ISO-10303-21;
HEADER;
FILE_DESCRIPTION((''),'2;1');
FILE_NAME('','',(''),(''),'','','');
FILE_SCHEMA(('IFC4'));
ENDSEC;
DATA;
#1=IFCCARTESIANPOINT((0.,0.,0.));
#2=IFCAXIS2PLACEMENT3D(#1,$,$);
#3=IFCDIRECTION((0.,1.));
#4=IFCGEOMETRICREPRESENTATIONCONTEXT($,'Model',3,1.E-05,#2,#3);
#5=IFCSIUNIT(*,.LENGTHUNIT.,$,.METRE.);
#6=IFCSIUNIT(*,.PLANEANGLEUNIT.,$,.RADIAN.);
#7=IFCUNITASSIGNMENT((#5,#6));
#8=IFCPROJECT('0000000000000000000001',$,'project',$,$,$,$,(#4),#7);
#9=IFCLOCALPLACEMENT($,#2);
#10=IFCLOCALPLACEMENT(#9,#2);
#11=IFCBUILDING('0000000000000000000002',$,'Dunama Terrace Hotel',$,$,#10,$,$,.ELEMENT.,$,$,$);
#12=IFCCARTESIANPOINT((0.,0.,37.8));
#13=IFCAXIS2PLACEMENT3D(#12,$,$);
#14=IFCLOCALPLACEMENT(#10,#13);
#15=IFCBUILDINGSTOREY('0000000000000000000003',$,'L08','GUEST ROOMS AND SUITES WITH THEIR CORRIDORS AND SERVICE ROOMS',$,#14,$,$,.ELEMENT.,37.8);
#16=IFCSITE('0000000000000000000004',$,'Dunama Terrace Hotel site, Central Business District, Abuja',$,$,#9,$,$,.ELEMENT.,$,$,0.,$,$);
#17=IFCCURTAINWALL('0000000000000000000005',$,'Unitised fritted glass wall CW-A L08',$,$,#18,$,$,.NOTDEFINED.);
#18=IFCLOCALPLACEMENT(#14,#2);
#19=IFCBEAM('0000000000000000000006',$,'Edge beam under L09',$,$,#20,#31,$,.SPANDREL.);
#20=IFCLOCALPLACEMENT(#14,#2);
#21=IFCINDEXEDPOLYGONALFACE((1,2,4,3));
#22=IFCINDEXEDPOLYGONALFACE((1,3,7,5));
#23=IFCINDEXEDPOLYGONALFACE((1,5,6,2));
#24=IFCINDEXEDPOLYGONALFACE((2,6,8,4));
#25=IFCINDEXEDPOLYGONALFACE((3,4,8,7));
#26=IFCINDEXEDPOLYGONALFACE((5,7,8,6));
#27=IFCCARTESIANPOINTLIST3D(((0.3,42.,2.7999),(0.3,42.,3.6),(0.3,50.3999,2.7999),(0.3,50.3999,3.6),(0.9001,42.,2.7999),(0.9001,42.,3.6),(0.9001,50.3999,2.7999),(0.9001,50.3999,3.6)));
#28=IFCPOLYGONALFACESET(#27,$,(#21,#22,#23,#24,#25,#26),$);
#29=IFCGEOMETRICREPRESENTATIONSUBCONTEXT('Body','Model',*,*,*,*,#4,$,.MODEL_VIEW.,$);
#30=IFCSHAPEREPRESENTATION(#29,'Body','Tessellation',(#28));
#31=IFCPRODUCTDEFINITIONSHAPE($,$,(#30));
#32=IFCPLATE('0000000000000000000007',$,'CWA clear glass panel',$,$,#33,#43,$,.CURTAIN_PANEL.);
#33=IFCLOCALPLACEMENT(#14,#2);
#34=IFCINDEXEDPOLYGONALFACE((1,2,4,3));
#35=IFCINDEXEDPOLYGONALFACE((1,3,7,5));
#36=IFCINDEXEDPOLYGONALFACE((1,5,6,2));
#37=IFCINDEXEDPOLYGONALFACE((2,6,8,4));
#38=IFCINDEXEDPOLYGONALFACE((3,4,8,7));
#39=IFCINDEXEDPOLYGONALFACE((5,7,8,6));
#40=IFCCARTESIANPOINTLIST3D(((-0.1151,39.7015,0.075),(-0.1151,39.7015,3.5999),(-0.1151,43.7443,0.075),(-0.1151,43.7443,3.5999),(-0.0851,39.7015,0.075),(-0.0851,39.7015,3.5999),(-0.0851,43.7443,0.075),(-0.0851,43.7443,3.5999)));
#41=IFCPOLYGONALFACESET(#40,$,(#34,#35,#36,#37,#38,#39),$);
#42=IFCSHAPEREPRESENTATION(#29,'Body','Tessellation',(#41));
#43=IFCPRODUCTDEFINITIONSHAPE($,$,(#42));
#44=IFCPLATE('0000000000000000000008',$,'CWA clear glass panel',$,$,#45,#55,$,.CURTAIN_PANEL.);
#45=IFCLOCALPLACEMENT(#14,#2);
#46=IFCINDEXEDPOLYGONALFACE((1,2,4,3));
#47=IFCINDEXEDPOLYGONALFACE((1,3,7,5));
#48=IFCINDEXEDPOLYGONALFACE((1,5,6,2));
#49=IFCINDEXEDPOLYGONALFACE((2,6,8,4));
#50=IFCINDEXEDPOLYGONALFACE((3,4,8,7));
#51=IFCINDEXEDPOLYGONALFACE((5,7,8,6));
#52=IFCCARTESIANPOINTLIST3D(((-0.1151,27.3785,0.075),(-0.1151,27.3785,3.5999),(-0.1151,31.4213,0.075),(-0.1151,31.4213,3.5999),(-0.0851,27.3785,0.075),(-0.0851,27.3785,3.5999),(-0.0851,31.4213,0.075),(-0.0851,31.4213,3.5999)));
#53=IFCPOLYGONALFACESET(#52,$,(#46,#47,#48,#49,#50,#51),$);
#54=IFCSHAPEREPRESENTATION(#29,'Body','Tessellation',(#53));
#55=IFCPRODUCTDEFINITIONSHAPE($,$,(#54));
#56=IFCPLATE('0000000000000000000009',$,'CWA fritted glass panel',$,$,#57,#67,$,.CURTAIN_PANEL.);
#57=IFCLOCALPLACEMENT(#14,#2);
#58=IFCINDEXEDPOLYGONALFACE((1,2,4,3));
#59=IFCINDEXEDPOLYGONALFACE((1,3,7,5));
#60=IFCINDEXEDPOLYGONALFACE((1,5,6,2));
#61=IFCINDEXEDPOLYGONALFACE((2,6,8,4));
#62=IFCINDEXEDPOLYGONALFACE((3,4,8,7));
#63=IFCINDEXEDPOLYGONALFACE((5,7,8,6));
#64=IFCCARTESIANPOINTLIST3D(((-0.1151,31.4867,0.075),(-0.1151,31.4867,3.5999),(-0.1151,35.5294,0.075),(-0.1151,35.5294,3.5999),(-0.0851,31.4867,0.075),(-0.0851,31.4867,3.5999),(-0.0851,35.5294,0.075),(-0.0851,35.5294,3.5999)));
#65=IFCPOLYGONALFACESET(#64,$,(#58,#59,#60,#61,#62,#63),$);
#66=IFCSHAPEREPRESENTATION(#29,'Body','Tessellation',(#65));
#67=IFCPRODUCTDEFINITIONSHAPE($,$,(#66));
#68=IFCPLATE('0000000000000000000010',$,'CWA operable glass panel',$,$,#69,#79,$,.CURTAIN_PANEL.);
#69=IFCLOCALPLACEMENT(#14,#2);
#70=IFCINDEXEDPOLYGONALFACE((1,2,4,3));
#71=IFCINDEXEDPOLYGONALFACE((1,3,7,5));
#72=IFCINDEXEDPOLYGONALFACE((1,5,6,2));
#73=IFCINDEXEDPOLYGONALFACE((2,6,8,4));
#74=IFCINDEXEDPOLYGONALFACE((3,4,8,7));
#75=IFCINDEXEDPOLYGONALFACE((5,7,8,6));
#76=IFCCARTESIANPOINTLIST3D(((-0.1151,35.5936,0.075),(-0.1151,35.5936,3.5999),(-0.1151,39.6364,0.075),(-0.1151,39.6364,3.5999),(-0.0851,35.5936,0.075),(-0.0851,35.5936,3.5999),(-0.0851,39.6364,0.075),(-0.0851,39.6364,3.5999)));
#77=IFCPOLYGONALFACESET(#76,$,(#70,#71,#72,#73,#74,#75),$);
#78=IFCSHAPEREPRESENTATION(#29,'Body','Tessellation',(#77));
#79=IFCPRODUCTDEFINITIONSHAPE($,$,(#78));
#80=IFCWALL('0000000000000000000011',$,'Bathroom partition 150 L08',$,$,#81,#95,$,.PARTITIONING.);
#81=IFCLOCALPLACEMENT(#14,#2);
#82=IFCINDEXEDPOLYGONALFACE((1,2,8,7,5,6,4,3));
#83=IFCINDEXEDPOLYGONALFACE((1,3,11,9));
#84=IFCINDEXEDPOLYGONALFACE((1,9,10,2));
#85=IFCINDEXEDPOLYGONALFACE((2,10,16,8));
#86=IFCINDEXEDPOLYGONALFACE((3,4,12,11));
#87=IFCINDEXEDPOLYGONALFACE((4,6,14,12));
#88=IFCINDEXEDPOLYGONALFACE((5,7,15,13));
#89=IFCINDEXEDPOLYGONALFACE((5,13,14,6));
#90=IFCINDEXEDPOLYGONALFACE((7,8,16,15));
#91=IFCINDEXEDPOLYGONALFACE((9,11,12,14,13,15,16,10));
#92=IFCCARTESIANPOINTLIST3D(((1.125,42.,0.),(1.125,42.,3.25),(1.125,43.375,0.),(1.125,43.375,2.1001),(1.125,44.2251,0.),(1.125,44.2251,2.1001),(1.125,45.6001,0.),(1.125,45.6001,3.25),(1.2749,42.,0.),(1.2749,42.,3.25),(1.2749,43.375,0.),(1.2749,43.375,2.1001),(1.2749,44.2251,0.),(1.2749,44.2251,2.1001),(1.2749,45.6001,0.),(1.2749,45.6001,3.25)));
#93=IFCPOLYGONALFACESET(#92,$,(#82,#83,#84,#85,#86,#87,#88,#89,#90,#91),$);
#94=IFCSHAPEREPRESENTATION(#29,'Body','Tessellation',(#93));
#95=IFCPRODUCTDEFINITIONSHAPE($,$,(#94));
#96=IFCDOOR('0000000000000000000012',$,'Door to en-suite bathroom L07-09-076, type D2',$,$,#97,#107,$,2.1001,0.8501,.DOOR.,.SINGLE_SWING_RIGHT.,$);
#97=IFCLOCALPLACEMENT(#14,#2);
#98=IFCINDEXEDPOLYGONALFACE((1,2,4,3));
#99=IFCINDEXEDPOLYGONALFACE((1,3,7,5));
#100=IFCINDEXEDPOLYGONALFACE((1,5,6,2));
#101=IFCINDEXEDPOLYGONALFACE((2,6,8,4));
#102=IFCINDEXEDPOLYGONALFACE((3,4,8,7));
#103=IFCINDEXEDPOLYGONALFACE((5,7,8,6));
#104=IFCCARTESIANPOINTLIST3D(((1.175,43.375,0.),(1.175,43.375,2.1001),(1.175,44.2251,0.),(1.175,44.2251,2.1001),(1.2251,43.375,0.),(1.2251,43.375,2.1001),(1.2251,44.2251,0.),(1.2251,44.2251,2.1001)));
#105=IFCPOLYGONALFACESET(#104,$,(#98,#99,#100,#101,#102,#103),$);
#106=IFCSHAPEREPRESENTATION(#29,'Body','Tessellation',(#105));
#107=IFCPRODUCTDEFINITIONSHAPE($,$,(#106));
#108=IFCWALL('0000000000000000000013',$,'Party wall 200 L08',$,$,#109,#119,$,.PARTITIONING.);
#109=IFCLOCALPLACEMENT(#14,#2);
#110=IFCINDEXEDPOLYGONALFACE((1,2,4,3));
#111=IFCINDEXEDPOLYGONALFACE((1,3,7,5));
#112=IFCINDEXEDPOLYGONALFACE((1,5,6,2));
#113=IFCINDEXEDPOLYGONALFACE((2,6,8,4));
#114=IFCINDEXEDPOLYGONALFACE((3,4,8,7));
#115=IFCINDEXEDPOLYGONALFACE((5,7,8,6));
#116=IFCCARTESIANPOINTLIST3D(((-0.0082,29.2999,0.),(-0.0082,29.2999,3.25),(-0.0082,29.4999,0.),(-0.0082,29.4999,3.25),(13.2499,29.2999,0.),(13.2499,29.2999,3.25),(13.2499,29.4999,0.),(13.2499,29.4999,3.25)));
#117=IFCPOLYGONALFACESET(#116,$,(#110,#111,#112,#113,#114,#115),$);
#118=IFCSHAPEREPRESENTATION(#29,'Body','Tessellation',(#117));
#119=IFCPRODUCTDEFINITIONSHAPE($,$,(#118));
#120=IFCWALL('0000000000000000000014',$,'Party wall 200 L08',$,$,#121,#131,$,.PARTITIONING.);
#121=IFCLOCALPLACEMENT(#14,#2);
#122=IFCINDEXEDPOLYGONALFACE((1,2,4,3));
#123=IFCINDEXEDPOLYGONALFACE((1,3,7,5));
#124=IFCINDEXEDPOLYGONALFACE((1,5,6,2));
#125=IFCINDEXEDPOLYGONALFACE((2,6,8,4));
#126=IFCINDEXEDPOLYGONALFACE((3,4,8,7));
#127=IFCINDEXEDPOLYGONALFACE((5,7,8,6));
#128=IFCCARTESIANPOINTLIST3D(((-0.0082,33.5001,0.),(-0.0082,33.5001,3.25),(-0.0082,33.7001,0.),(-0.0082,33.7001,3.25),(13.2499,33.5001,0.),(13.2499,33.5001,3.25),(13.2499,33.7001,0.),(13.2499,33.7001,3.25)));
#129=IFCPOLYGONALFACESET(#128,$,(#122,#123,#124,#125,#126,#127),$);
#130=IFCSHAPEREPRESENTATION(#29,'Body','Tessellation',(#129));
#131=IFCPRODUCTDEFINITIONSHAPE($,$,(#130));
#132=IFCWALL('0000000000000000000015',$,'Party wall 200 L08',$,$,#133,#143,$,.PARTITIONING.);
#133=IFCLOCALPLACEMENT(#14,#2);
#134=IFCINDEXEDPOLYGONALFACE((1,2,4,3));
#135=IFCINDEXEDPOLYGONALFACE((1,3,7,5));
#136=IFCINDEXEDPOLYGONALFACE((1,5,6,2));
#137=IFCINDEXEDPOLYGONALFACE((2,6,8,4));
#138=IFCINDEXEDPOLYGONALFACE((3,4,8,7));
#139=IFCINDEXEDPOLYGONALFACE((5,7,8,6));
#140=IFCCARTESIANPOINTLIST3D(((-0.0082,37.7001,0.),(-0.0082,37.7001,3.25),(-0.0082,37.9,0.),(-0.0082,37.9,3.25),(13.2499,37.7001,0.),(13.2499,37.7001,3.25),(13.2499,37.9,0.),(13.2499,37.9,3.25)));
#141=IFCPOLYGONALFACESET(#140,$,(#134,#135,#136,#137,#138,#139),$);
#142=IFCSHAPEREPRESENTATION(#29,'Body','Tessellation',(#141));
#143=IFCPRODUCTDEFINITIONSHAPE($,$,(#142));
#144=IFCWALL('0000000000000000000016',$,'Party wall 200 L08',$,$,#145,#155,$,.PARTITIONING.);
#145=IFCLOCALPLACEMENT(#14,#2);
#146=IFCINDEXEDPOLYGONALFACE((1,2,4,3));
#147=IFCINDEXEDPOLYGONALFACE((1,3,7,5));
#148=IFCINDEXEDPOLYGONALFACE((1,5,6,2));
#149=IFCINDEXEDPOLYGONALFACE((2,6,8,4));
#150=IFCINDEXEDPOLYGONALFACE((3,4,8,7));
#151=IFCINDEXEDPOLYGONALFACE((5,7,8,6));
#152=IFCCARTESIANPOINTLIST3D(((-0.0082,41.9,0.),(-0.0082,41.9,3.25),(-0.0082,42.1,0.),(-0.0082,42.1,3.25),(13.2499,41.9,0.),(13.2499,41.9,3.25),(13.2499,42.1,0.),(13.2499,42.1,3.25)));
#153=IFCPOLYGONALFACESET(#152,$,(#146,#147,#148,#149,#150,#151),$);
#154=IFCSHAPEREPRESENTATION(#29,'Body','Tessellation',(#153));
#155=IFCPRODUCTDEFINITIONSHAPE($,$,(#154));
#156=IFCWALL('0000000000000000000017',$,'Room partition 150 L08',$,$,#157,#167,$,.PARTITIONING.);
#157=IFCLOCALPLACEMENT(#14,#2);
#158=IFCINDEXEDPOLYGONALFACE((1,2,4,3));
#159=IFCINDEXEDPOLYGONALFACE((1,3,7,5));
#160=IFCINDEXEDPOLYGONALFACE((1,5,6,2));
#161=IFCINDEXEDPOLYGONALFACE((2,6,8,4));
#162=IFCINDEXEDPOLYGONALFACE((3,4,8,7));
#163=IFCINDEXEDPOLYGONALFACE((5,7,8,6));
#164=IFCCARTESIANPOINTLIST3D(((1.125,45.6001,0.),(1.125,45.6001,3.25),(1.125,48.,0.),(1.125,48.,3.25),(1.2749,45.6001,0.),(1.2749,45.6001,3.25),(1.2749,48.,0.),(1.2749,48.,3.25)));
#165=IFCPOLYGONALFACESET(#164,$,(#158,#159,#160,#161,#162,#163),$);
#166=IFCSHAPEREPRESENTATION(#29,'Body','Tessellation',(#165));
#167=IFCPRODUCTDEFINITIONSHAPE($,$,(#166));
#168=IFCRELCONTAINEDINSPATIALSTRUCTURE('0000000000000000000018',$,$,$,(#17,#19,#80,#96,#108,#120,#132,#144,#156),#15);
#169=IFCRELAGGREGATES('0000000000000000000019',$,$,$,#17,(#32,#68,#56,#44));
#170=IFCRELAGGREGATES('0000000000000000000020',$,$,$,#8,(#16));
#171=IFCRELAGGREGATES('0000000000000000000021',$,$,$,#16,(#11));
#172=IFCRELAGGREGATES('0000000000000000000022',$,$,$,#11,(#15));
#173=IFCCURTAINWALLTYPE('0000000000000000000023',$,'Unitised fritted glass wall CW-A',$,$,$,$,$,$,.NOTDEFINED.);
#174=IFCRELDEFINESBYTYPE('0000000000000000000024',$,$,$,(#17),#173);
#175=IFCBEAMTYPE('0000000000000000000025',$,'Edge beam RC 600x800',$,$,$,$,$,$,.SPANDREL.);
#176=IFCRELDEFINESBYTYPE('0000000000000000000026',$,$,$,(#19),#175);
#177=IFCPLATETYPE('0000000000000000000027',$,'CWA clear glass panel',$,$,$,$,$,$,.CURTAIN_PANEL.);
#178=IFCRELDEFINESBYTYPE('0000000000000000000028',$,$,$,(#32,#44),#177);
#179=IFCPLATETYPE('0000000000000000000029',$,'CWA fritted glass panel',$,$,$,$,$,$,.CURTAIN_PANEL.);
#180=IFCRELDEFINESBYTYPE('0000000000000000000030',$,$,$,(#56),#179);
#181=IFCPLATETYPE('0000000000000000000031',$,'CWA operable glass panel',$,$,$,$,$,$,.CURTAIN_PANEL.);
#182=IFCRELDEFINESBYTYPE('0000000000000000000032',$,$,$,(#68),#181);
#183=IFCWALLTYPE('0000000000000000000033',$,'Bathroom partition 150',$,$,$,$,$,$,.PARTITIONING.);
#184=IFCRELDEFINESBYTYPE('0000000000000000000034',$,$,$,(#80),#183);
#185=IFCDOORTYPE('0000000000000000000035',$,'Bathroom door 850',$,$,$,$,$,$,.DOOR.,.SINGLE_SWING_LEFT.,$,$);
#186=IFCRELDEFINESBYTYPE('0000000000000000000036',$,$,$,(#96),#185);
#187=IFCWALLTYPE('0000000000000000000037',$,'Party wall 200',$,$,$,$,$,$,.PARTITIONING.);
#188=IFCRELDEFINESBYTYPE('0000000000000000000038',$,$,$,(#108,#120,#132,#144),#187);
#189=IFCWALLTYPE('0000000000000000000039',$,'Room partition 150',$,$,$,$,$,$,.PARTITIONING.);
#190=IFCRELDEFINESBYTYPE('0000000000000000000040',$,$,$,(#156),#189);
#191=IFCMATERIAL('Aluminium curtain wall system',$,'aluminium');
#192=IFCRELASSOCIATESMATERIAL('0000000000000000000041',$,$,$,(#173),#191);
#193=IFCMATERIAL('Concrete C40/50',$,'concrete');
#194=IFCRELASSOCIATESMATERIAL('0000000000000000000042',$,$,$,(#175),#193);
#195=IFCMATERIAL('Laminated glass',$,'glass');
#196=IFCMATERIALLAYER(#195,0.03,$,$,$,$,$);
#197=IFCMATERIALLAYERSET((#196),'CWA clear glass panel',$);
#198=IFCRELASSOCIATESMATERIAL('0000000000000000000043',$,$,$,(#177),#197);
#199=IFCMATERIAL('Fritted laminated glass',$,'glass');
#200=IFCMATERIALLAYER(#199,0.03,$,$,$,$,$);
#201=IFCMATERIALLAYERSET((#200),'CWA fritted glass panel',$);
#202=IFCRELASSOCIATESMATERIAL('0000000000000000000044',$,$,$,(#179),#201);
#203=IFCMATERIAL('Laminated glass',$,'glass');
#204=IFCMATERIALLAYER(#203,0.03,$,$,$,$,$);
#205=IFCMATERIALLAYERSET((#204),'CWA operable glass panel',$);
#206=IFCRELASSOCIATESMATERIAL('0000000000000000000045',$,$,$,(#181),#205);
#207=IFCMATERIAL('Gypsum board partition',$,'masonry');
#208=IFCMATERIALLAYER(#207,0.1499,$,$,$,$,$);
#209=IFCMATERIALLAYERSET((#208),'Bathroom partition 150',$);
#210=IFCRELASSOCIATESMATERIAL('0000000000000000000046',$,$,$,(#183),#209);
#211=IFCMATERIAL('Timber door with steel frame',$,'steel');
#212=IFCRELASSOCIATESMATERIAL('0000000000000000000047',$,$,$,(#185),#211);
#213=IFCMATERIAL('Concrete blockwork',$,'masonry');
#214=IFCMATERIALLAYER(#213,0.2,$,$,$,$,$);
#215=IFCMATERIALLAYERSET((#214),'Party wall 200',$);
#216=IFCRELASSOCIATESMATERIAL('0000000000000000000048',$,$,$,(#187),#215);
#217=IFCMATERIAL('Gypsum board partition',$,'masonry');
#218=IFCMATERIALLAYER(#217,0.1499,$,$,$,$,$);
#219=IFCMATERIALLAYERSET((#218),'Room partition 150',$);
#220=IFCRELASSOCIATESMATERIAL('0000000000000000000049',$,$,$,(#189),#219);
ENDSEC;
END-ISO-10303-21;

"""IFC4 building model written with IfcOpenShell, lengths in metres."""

from ifc_helpers import new_model, si_unit, direction, frame, frame_2d, origin, origin_2d, place, context, subcontext, project, spatial, rectangle, extrude, material, layer, layer_set, material_profile, profile_set, type_object, element, fill, aggregate, save


model = new_model("IFC4")

# Units and contexts
model_context = context("Model", 3, precision=1e-05, world=origin(), true_north=direction((0.0, 1.0)))
body_context = subcontext(model_context, "Body", "Model", "MODEL_VIEW")
ifc_project = project(units=[si_unit("LENGTHUNIT", "METRE"), si_unit("PLANEANGLEUNIT", "RADIAN")], contexts=[model_context])

# Site, building, storey
site_placement = place(None, origin())
site = spatial("IfcSite", under=ifc_project, at=site_placement, Name="Dunama Terrace Hotel site, Central Business District, Abuja", CompositionType="ELEMENT", RefElevation=0.0)
building_placement = place(site_placement, origin())
building = spatial("IfcBuilding", under=site, at=building_placement, Name="Dunama Terrace Hotel", CompositionType="ELEMENT")
storey_placement = place(building_placement, frame((0.0, 0.0, 37.8)))
storey = spatial("IfcBuildingStorey", under=building, at=storey_placement, Name="L08", Description="GUEST ROOMS AND SUITES WITH THEIR CORRIDORS AND SERVICE ROOMS", CompositionType="ELEMENT", Elevation=37.8)

# Curtain wall
ifc_material_1 = material(Name="Aluminium curtain wall system", Category="aluminium")
curtain_wall_type = type_object("IfcCurtainWallType", Name="Unitised fritted glass wall CW-A", PredefinedType="NOTDEFINED", material=ifc_material_1)
curtain_wall_placement = place(storey_placement, origin())
curtain_wall = element("IfcCurtainWall", 1, at=curtain_wall_placement, inside=storey, type_object=curtain_wall_type, Name="Unitised fritted glass wall CW-A L08", PredefinedType="NOTDEFINED")

# Beam
ifc_material_2 = material(Name="Concrete C40/50", Category="concrete")
ifc_material_profile_1 = material_profile(ifc_material_2, rectangle(XDim=0.6001, YDim=0.8, at=origin_2d()), Name="RC 600x800")
ifc_profile_set_1 = profile_set([ifc_material_profile_1], Name="Concrete C40/50")
beam_type = type_object("IfcBeamType", Name="Edge beam RC 600x800", PredefinedType="SPANDREL", material=ifc_profile_set_1)
for number, where, z_axis, x_axis, name in (
    (2, (0.6001, 42.0, 3.2), (0.0, 1.0, 0.0), (-1.0, 0.0, 0.0), "Edge beam under L09"),
):
    element("IfcBeam", number, at=place(storey_placement, frame(where, z_axis=z_axis, x_axis=x_axis)), inside=storey, type_object=beam_type, Name=name, PredefinedType="SPANDREL", context=body_context, shape_type="SweptSolid", body=[
        extrude(rectangle(XDim=0.6001, YDim=0.8, at=origin_2d()), origin(), (0.0, 0.0, 1.0), 8.3999),
    ])

# Plates
ifc_material_3 = material(Name="Laminated glass", Category="glass")
ifc_layer_1 = layer(ifc_material_3, 0.03)
ifc_layer_set_1 = layer_set([ifc_layer_1], Name="CWA clear glass panel")
plate_type_1 = type_object("IfcPlateType", Name="CWA clear glass panel", PredefinedType="CURTAIN_PANEL", material=ifc_layer_set_1)
plate_1_placement = place(storey_placement, frame((-0.1001, 41.7229, 0.075), z_axis=(0.0, 0.0, 1.0), x_axis=(0.0, -1.0, 0.0)))
plate_1 = element("IfcPlate", 3, at=plate_1_placement, type_object=plate_type_1, Name="CWA clear glass panel", PredefinedType="CURTAIN_PANEL", context=body_context, shape_type="SweptSolid", body=[
    extrude(rectangle(XDim=4.0427, YDim=0.03, at=origin_2d()), origin(), (0.0, 0.0, 1.0), 3.5249),
])
plate_2_placement = place(storey_placement, frame((-0.1001, 29.3999, 0.075), z_axis=(0.0, 0.0, 1.0), x_axis=(0.0, -1.0, 0.0)))
plate_2 = element("IfcPlate", 4, at=plate_2_placement, type_object=plate_type_1, Name="CWA clear glass panel", PredefinedType="CURTAIN_PANEL", context=body_context, shape_type="SweptSolid", body=[
    extrude(rectangle(XDim=4.0427, YDim=0.03, at=origin_2d()), origin(), (0.0, 0.0, 1.0), 3.5249),
])
ifc_material_4 = material(Name="Fritted laminated glass", Category="glass")
ifc_layer_2 = layer(ifc_material_4, 0.03)
ifc_layer_set_2 = layer_set([ifc_layer_2], Name="CWA fritted glass panel")
plate_type_2 = type_object("IfcPlateType", Name="CWA fritted glass panel", PredefinedType="CURTAIN_PANEL", material=ifc_layer_set_2)
plate_3_placement = place(storey_placement, frame((-0.1001, 33.5081, 0.075), z_axis=(0.0, 0.0, 1.0), x_axis=(0.0, -1.0, 0.0)))
plate_3 = element("IfcPlate", 5, at=plate_3_placement, type_object=plate_type_2, Name="CWA fritted glass panel", PredefinedType="CURTAIN_PANEL", context=body_context, shape_type="SweptSolid", body=[
    extrude(rectangle(XDim=4.0427, YDim=0.03, at=origin_2d()), origin(), (0.0, 0.0, 1.0), 3.5249),
])
ifc_material_5 = material(Name="Laminated glass", Category="glass")
ifc_layer_3 = layer(ifc_material_5, 0.03)
ifc_layer_set_3 = layer_set([ifc_layer_3], Name="CWA operable glass panel")
plate_type_3 = type_object("IfcPlateType", Name="CWA operable glass panel", PredefinedType="CURTAIN_PANEL", material=ifc_layer_set_3)
plate_4_placement = place(storey_placement, frame((-0.1001, 37.615, 0.075), z_axis=(0.0, 0.0, 1.0), x_axis=(0.0, -1.0, 0.0)))
plate_4 = element("IfcPlate", 6, at=plate_4_placement, type_object=plate_type_3, Name="CWA operable glass panel", PredefinedType="CURTAIN_PANEL", context=body_context, shape_type="SweptSolid", body=[
    extrude(rectangle(XDim=4.0427, YDim=0.03, at=origin_2d()), origin(), (0.0, 0.0, 1.0), 3.5249),
])
aggregate(curtain_wall, [plate_1, plate_4, plate_3, plate_2])

# Wall, opening, door
ifc_material_6 = material(Name="Gypsum board partition", Category="masonry")
ifc_layer_4 = layer(ifc_material_6, 0.1499)
ifc_layer_set_4 = layer_set([ifc_layer_4], Name="Bathroom partition 150")
wall_type_1 = type_object("IfcWallType", Name="Bathroom partition 150", PredefinedType="PARTITIONING", material=ifc_layer_set_4)
wall_1_placement = place(storey_placement, frame((1.2, 42.0, 0.0), z_axis=(0.0, 0.0, 1.0), x_axis=(0.0, 1.0, 0.0)))
wall_1 = element("IfcWall", 7, at=wall_1_placement, inside=storey, type_object=wall_type_1, Name="Bathroom partition 150 L08", PredefinedType="PARTITIONING", context=body_context, shape_type="SweptSolid", body=[
    extrude(rectangle(XDim=3.6001, YDim=0.1499, at=frame_2d((1.8, 0.0))), origin(), (0.0, 0.0, 1.0), 3.25),
])
opening_1_placement = place(wall_1_placement, frame((1.375, 0.0, 0.0)))
opening_1 = element("IfcOpeningElement", 8, at=opening_1_placement, cuts=wall_1, PredefinedType="OPENING", context=body_context, shape_type="SweptSolid", body=[
    extrude(rectangle(XDim=0.8501, YDim=2.1001, at=frame_2d((0.425, 1.05))), frame((0.0, 0.085, 0.0), z_axis=(0.0, -1.0, 0.0), x_axis=(1.0, 0.0, 0.0)), (0.0, 0.0, 1.0), 0.1699),
])
ifc_material_7 = material(Name="Timber door with steel frame", Category="steel")
door_type_1 = type_object("IfcDoorType", Name="Bathroom door 850", OperationType="SINGLE_SWING_LEFT", PredefinedType="DOOR", material=ifc_material_7)
door_1_placement = place(opening_1_placement, frame((0.8501, 0.0, 0.0), z_axis=(0.0, 0.0, 1.0), x_axis=(-1.0, 0.0, 0.0)))
door_1 = element("IfcDoor", 9, at=door_1_placement, inside=storey, type_object=door_type_1, Name="Door to en-suite bathroom L07-09-076, type D2", OperationType="SINGLE_SWING_RIGHT", OverallHeight=2.1001, OverallWidth=0.8501, PredefinedType="DOOR", context=body_context, shape_type="SweptSolid", body=[
    extrude(rectangle(XDim=0.8501, YDim=2.1001, at=frame_2d((0.425, 1.05))), frame((0.0, 0.0251, 0.0), z_axis=(0.0, -1.0, 0.0), x_axis=(1.0, 0.0, 0.0)), (0.0, 0.0, 1.0), 0.05),
])
fill(opening_1, door_1)

# Walls
ifc_material_8 = material(Name="Concrete blockwork", Category="masonry")
ifc_layer_5 = layer(ifc_material_8, 0.2)
ifc_layer_set_5 = layer_set([ifc_layer_5], Name="Party wall 200")
wall_type_2 = type_object("IfcWallType", Name="Party wall 200", PredefinedType="PARTITIONING", material=ifc_layer_set_5)
for number, where, z_axis, x_axis, name in (
    (10, (-0.0081, 29.3999, 0.0), (0.0, 0.0, 1.0), (1.0, 0.0, 0.0), "Party wall 200 L08"),
    (11, (-0.0081, 33.6001, 0.0), (0.0, 0.0, 1.0), (1.0, 0.0, 0.0), "Party wall 200 L08"),
    (12, (-0.0081, 37.8, 0.0), (0.0, 0.0, 1.0), (1.0, 0.0, 0.0), "Party wall 200 L08"),
    (13, (-0.0081, 42.0, 0.0), (0.0, 0.0, 1.0), (1.0, 0.0, 0.0), "Party wall 200 L08"),
):
    element("IfcWall", number, at=place(storey_placement, frame(where, z_axis=z_axis, x_axis=x_axis)), inside=storey, type_object=wall_type_2, Name=name, PredefinedType="PARTITIONING", context=body_context, shape_type="SweptSolid", body=[
        extrude(rectangle(XDim=13.2581, YDim=0.2, at=frame_2d((6.6289, 0.0))), origin(), (0.0, 0.0, 1.0), 3.25),
    ])
ifc_material_9 = material(Name="Gypsum board partition", Category="masonry")
ifc_layer_6 = layer(ifc_material_9, 0.1499)
ifc_layer_set_6 = layer_set([ifc_layer_6], Name="Room partition 150")
wall_type_3 = type_object("IfcWallType", Name="Room partition 150", PredefinedType="PARTITIONING", material=ifc_layer_set_6)
wall_2_placement = place(storey_placement, frame((1.2, 45.6001, 0.0), z_axis=(0.0, 0.0, 1.0), x_axis=(0.0, 1.0, 0.0)))
element("IfcWall", 14, at=wall_2_placement, inside=storey, type_object=wall_type_3, Name="Room partition 150 L08", PredefinedType="PARTITIONING", context=body_context, shape_type="SweptSolid", body=[
    extrude(rectangle(XDim=2.3999, YDim=0.1499, at=frame_2d((1.2, 0.0))), origin(), (0.0, 0.0, 1.0), 3.25),
])

save(model, "model.ifc")
